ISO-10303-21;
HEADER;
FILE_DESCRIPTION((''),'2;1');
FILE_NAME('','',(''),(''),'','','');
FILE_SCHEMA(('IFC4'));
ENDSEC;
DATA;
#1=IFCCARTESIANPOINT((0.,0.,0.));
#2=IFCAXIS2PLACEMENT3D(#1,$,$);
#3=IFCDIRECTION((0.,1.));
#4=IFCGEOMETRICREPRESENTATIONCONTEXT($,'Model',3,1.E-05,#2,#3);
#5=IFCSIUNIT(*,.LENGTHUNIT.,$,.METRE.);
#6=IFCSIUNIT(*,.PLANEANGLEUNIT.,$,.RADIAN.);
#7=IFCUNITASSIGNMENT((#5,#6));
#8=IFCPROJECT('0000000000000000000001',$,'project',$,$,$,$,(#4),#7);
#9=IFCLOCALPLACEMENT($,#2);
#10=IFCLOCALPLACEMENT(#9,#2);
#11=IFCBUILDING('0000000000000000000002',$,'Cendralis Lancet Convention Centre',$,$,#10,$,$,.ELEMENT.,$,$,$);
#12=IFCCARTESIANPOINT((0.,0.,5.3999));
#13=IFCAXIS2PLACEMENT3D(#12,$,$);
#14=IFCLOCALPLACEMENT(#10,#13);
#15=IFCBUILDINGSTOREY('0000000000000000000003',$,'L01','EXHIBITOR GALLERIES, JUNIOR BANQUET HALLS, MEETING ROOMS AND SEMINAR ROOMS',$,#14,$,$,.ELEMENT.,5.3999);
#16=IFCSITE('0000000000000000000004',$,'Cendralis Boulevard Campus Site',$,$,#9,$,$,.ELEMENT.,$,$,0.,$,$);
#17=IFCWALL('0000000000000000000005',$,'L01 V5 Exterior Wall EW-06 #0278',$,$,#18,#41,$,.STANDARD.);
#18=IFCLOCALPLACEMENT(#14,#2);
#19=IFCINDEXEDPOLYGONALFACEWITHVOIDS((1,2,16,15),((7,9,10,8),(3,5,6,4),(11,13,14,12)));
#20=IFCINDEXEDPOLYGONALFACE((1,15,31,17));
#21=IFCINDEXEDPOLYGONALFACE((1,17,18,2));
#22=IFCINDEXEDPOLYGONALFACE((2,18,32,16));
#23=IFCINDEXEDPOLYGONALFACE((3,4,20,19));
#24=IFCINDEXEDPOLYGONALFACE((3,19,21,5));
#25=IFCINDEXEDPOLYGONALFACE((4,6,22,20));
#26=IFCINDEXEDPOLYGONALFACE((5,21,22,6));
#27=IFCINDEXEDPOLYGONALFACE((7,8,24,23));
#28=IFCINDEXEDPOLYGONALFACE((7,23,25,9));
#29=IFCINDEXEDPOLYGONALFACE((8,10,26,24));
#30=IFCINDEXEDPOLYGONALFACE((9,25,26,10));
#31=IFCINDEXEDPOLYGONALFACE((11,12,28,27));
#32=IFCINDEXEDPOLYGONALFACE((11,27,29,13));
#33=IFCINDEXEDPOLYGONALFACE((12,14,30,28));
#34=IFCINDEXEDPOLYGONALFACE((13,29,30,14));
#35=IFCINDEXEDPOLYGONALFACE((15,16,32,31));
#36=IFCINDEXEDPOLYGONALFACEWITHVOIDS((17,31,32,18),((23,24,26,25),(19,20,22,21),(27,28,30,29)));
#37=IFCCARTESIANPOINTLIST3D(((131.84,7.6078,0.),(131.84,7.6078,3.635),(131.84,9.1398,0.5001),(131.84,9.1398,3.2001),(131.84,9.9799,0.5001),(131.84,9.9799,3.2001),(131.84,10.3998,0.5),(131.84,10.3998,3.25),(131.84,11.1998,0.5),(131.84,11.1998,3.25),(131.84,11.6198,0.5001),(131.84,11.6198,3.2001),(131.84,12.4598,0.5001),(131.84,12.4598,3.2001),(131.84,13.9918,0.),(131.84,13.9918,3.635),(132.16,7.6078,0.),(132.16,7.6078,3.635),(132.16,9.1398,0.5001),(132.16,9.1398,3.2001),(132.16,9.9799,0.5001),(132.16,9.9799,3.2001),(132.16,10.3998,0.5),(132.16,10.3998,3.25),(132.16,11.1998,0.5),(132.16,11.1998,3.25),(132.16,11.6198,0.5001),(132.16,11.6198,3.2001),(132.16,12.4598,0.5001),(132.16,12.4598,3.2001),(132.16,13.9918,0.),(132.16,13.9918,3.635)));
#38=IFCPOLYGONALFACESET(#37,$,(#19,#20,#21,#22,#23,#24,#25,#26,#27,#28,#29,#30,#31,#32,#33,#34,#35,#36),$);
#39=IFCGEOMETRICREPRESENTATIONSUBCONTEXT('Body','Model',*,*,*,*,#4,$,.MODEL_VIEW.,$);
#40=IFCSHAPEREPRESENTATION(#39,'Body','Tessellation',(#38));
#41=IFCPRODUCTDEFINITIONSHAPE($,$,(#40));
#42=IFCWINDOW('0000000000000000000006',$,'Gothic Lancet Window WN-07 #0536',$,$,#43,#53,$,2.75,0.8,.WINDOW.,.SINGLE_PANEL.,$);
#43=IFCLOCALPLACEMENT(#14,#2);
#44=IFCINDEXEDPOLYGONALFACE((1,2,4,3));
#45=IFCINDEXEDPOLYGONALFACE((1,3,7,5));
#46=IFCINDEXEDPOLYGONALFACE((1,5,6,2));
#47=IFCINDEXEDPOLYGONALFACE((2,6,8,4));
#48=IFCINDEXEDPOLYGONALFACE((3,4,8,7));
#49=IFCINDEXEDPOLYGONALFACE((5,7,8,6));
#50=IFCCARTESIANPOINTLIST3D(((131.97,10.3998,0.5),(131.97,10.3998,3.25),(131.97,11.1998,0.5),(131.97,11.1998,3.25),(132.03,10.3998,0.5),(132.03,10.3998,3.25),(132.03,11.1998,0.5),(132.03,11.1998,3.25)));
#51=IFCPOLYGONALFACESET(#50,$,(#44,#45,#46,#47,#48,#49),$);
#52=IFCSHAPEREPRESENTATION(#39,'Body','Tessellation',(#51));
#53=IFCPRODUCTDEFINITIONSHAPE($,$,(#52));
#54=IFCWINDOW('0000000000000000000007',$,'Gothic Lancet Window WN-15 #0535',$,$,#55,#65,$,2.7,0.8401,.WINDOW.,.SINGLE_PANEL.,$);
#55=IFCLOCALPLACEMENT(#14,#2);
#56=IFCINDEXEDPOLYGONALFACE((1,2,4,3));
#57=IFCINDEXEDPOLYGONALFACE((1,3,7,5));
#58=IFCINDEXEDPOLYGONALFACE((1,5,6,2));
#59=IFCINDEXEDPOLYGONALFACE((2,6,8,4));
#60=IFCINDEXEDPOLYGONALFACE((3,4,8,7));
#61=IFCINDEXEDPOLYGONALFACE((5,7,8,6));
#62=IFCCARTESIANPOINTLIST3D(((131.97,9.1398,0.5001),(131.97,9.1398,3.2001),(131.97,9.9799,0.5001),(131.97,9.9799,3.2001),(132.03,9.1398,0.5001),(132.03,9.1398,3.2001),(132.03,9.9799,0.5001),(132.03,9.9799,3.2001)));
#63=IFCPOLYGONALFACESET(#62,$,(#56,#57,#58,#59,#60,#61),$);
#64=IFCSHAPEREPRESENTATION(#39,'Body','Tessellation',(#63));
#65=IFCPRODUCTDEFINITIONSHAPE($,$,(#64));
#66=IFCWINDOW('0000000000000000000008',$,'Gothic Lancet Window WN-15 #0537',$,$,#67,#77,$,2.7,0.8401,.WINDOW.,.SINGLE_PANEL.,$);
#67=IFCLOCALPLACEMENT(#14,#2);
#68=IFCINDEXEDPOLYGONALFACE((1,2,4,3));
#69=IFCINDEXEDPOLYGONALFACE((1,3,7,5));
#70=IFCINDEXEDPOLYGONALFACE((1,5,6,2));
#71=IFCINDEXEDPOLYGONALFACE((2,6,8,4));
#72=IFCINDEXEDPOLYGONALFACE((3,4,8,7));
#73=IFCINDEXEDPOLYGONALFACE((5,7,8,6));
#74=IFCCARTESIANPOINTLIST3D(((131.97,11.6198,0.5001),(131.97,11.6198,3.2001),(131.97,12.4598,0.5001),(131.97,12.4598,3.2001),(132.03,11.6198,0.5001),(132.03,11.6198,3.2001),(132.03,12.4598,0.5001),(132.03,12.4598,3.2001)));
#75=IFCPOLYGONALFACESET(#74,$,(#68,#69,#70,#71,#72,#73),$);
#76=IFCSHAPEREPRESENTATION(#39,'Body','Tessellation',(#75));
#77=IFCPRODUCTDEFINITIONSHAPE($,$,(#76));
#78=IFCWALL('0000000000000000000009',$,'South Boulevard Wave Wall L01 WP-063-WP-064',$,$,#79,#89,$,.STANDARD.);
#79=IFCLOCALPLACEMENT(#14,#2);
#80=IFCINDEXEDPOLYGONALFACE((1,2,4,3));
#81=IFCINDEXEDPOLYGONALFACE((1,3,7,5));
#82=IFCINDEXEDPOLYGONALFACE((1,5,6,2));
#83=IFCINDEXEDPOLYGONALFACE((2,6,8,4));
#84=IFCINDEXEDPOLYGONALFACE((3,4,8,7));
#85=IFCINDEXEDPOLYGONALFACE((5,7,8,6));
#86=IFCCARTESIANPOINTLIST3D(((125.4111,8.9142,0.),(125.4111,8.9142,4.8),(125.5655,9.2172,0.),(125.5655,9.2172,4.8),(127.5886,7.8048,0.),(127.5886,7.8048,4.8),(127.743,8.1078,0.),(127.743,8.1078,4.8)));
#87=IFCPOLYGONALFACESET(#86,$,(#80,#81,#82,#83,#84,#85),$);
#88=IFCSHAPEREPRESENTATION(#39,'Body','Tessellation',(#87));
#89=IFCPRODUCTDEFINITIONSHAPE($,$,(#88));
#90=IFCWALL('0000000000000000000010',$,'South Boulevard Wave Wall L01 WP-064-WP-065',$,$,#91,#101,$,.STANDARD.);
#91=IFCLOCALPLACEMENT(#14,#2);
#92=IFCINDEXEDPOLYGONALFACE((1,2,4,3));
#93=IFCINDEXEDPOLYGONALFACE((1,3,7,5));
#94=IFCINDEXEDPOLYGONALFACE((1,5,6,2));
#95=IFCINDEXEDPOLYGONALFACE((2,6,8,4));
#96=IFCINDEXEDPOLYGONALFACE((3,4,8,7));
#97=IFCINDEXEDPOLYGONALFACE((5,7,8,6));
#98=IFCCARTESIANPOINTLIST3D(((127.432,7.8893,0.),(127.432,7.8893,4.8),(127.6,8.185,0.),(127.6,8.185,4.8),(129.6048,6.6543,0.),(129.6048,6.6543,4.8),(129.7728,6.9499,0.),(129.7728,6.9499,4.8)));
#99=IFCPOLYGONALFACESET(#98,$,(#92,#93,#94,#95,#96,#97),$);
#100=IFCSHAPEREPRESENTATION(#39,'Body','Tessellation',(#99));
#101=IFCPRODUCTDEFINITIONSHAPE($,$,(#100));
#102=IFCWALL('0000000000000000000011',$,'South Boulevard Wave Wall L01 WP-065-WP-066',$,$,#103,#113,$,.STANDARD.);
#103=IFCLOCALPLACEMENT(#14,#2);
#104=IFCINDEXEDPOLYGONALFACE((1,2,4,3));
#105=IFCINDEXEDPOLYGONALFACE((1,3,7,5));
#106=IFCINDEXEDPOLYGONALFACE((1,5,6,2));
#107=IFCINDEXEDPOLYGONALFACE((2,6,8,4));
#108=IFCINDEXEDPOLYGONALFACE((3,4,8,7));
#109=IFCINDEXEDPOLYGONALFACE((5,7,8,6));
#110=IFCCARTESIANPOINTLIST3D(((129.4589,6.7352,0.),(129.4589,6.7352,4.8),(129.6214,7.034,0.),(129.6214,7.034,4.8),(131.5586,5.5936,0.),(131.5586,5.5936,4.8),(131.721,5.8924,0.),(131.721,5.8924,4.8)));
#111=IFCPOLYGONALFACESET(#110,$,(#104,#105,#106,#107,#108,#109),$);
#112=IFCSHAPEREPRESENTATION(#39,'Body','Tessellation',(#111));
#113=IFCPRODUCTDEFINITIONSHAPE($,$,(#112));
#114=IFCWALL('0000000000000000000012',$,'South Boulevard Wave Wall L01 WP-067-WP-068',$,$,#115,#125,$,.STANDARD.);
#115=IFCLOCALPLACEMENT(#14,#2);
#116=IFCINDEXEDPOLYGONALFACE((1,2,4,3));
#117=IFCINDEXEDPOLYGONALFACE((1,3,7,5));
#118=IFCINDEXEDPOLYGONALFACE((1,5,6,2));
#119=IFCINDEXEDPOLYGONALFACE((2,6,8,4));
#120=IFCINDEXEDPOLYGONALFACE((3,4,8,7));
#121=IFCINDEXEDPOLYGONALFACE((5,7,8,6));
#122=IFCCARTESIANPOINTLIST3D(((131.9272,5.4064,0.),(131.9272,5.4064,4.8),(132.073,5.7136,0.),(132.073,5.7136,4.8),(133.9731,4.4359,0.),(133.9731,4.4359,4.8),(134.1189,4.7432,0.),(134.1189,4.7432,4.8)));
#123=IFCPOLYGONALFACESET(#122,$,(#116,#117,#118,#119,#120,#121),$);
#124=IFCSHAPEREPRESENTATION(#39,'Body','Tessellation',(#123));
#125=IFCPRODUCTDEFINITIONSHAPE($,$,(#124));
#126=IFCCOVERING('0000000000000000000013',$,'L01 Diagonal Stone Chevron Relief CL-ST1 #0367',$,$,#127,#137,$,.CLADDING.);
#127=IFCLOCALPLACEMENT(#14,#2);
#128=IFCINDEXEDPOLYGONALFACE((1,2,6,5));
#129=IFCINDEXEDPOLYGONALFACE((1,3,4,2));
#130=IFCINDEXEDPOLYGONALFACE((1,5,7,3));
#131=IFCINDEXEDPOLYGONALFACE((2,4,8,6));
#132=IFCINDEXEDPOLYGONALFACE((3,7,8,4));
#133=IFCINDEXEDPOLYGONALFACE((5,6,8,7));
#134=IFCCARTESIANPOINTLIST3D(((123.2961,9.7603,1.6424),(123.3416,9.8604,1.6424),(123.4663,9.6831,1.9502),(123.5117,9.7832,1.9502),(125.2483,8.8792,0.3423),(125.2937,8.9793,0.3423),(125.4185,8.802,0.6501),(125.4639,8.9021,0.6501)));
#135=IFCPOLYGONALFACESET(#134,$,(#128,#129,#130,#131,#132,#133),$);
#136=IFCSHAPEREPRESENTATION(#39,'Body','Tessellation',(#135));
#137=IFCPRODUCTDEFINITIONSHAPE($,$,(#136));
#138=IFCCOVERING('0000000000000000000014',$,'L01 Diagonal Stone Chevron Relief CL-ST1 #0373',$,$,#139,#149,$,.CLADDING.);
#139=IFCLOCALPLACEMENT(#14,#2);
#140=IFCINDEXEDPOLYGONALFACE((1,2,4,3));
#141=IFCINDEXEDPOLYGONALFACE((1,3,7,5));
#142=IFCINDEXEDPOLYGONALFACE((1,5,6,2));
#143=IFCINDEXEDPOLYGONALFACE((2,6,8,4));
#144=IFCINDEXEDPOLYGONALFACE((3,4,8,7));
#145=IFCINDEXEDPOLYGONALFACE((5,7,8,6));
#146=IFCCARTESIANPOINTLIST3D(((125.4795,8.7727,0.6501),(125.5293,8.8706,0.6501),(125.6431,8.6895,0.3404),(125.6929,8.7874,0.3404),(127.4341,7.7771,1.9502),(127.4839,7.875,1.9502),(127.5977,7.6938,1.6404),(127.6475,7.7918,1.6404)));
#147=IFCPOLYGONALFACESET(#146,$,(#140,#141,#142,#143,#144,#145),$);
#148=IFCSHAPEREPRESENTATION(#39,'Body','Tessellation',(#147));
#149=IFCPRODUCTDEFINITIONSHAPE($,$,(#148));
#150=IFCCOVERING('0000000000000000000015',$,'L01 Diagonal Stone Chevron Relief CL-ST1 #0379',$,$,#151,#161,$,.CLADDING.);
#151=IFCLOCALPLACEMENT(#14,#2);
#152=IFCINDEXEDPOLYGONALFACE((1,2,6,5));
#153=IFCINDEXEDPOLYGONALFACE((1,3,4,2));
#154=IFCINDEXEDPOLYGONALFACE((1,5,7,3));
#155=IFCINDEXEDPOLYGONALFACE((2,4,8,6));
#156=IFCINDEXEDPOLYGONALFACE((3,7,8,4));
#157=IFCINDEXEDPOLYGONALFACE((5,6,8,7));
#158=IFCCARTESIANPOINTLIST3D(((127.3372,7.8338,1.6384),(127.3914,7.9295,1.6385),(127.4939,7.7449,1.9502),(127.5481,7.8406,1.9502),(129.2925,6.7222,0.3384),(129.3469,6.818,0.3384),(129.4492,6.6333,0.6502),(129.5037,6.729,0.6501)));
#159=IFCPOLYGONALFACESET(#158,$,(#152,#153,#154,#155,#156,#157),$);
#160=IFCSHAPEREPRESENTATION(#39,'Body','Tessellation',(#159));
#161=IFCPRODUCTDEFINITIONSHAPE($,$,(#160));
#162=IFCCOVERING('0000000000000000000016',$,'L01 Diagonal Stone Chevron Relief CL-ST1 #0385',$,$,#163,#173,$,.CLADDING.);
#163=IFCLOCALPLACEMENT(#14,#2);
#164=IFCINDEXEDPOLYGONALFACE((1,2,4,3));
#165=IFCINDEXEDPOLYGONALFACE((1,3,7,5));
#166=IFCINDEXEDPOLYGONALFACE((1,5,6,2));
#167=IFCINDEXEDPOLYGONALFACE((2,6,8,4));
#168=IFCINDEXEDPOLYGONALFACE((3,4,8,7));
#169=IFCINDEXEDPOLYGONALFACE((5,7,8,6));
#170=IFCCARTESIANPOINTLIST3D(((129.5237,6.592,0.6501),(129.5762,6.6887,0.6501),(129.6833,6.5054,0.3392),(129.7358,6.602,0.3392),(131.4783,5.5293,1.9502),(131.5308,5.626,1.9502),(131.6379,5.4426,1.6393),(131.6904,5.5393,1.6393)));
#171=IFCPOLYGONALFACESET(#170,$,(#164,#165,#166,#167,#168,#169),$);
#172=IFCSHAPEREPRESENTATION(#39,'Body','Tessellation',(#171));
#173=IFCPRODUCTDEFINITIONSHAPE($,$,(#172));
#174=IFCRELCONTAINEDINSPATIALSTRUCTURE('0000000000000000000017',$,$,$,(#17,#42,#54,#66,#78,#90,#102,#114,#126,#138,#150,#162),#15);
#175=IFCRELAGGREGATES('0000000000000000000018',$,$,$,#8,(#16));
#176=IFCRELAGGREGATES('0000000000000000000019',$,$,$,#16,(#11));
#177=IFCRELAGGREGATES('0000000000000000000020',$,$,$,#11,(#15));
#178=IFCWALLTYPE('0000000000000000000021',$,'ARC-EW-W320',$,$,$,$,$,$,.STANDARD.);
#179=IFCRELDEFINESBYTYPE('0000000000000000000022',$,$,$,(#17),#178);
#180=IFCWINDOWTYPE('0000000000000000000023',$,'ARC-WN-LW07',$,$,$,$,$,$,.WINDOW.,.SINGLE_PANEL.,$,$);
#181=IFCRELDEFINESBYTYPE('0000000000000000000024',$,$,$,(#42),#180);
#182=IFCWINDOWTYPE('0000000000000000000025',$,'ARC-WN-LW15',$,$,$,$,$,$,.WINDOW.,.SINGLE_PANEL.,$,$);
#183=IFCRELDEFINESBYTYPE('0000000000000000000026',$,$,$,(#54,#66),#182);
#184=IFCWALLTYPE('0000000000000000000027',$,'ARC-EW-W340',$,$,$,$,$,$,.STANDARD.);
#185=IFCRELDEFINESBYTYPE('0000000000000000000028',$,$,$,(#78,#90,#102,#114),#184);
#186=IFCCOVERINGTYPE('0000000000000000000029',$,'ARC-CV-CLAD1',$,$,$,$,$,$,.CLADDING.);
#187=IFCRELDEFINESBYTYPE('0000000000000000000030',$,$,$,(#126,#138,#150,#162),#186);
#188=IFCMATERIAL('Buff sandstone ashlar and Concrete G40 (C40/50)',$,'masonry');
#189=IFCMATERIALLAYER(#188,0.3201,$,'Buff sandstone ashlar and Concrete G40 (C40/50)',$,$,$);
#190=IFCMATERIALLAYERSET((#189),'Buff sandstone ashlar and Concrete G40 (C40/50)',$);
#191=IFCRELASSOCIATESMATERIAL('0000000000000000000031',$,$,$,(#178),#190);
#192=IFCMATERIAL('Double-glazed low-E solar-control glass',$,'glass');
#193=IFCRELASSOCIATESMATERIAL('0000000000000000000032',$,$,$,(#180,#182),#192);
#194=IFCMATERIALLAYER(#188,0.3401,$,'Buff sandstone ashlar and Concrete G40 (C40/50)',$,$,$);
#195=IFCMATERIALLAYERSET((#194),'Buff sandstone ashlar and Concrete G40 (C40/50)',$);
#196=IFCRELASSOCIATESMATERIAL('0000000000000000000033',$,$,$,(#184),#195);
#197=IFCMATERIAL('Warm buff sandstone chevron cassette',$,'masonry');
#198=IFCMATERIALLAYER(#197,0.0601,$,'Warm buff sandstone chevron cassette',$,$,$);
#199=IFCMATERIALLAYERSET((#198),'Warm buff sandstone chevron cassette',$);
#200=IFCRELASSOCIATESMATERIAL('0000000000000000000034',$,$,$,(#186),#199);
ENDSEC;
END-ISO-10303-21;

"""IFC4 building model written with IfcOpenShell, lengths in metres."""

from ifc_helpers import new_model, si_unit, direction, frame, frame_2d, origin, place, context, subcontext, project, spatial, polyline, rectangle, outline, extrude, material, layer, layer_set, type_object, element, fill, save


model = new_model("IFC4")

# Units and contexts
model_context = context("Model", 3, precision=1e-05, world=origin(), true_north=direction((0.0, 1.0)))
body_context = subcontext(model_context, "Body", "Model", "MODEL_VIEW")
ifc_project = project(units=[si_unit("LENGTHUNIT", "METRE"), si_unit("PLANEANGLEUNIT", "RADIAN")], contexts=[model_context])

# Site, building, storey
site_placement = place(None, origin())
site = spatial("IfcSite", under=ifc_project, at=site_placement, Name="Cendralis Boulevard Campus Site", CompositionType="ELEMENT", RefElevation=0.0)
building_placement = place(site_placement, origin())
building = spatial("IfcBuilding", under=site, at=building_placement, Name="Cendralis Lancet Convention Centre", CompositionType="ELEMENT")
storey_placement = place(building_placement, frame((0.0, 0.0, 5.3999)))
storey = spatial("IfcBuildingStorey", under=building, at=storey_placement, Name="L01", Description="EXHIBITOR GALLERIES, JUNIOR BANQUET HALLS, MEETING ROOMS AND SEMINAR ROOMS", CompositionType="ELEMENT", Elevation=5.3999)

# Shared definitions
ifc_material_1 = material(Name="Warm buff sandstone chevron cassette", Category="masonry")

# Shared definitions
ifc_material_2 = material(Name="Buff sandstone ashlar and Concrete G40 (C40/50)", Category="masonry")
ifc_layer_1 = layer(ifc_material_2, 0.3201, Name="Buff sandstone ashlar and Concrete G40 (C40/50)")
ifc_layer_set_1 = layer_set([ifc_layer_1], Name="Buff sandstone ashlar and Concrete G40 (C40/50)")
wall_type_1 = type_object("IfcWallType", Name="ARC-EW-W320", PredefinedType="STANDARD", material=ifc_layer_set_1)

# Wall, openings, windows
wall_1_placement = place(storey_placement, frame((132.0, 7.6079, 0.0), z_axis=(0.0, 0.0, 1.0), x_axis=(0.0, 1.0, 0.0)))
wall_1 = element("IfcWall", 1, at=wall_1_placement, inside=storey, type_object=wall_type_1, Name="L01 V5 Exterior Wall EW-06 #0278", PredefinedType="STANDARD", context=body_context, shape_type="SweptSolid", body=[
    extrude(rectangle(XDim=6.384, YDim=0.3201, at=frame_2d((3.1919, 0.0))), origin(), (0.0, 0.0, 1.0), 3.635),
])
opening_1_placement = place(wall_1_placement, frame((1.532, 0.0, 0.5)))
opening_1 = element("IfcOpeningElement", 2, at=opening_1_placement, cuts=wall_1, PredefinedType="OPENING", context=body_context, shape_type="SweptSolid", body=[
    extrude(rectangle(XDim=0.8401, YDim=2.7, at=frame_2d((0.4199, 1.3501))), frame((0.0, 0.1699, 0.0), z_axis=(0.0, -1.0, 0.0), x_axis=(1.0, 0.0, 0.0)), (0.0, 0.0, 1.0), 0.3401),
])
opening_2_placement = place(wall_1_placement, frame((2.792, 0.0, 0.5)))
opening_2 = element("IfcOpeningElement", 3, at=opening_2_placement, cuts=wall_1, PredefinedType="OPENING", context=body_context, shape_type="SweptSolid", body=[
    extrude(rectangle(XDim=0.8, YDim=2.75, at=frame_2d((0.3999, 1.375))), frame((0.0, 0.1699, 0.0), z_axis=(0.0, -1.0, 0.0), x_axis=(1.0, 0.0, 0.0)), (0.0, 0.0, 1.0), 0.3401),
])
opening_3_placement = place(wall_1_placement, frame((4.012, 0.0, 0.5)))
opening_3 = element("IfcOpeningElement", 4, at=opening_3_placement, cuts=wall_1, PredefinedType="OPENING", context=body_context, shape_type="SweptSolid", body=[
    extrude(rectangle(XDim=0.8401, YDim=2.7, at=frame_2d((0.4199, 1.3501))), frame((0.0, 0.1699, 0.0), z_axis=(0.0, -1.0, 0.0), x_axis=(1.0, 0.0, 0.0)), (0.0, 0.0, 1.0), 0.3401),
])
ifc_material_3 = material(Name="Double-glazed low-E solar-control glass", Category="glass")
window_type_1 = type_object("IfcWindowType", Name="ARC-WN-LW07", PartitioningType="SINGLE_PANEL", PredefinedType="WINDOW", material=ifc_material_3)
window_1_placement = place(opening_2_placement, origin())
window_1 = element("IfcWindow", 5, at=window_1_placement, inside=storey, type_object=window_type_1, Name="Gothic Lancet Window WN-07 #0536", OverallHeight=2.75, OverallWidth=0.8, PartitioningType="SINGLE_PANEL", PredefinedType="WINDOW", context=body_context, shape_type="SweptSolid", body=[
    extrude(rectangle(XDim=0.8, YDim=2.75, at=frame_2d((0.3999, 1.375))), frame((0.0, 0.03, 0.0), z_axis=(0.0, -1.0, 0.0), x_axis=(1.0, 0.0, 0.0)), (0.0, 0.0, 1.0), 0.0601),
])
fill(opening_2, window_1)
window_type_2 = type_object("IfcWindowType", Name="ARC-WN-LW15", PartitioningType="SINGLE_PANEL", PredefinedType="WINDOW", material=ifc_material_3)
window_2_placement = place(opening_1_placement, origin())
window_2 = element("IfcWindow", 6, at=window_2_placement, inside=storey, type_object=window_type_2, Name="Gothic Lancet Window WN-15 #0535", OverallHeight=2.7, OverallWidth=0.8401, PartitioningType="SINGLE_PANEL", PredefinedType="WINDOW", context=body_context, shape_type="SweptSolid", body=[
    extrude(rectangle(XDim=0.8401, YDim=2.7, at=frame_2d((0.4199, 1.3501))), frame((0.0, 0.03, 0.0), z_axis=(0.0, -1.0, 0.0), x_axis=(1.0, 0.0, 0.0)), (0.0, 0.0, 1.0), 0.0601),
])
fill(opening_1, window_2)
window_3_placement = place(opening_3_placement, origin())
window_3 = element("IfcWindow", 7, at=window_3_placement, inside=storey, type_object=window_type_2, Name="Gothic Lancet Window WN-15 #0537", OverallHeight=2.7, OverallWidth=0.8401, PartitioningType="SINGLE_PANEL", PredefinedType="WINDOW", context=body_context, shape_type="SweptSolid", body=[
    extrude(rectangle(XDim=0.8401, YDim=2.7, at=frame_2d((0.4199, 1.3501))), frame((0.0, 0.03, 0.0), z_axis=(0.0, -1.0, 0.0), x_axis=(1.0, 0.0, 0.0)), (0.0, 0.0, 1.0), 0.0601),
])
fill(opening_3, window_3)

# Walls
ifc_layer_2 = layer(ifc_material_2, 0.3401, Name="Buff sandstone ashlar and Concrete G40 (C40/50)")
ifc_layer_set_2 = layer_set([ifc_layer_2], Name="Buff sandstone ashlar and Concrete G40 (C40/50)")
wall_type_2 = type_object("IfcWallType", Name="ARC-EW-W340", PredefinedType="STANDARD", material=ifc_layer_set_2)
wall_2_placement = place(storey_placement, frame((125.4883, 9.0657, 0.0), z_axis=(0.0, 0.0, 1.0), x_axis=(0.891025, -0.453954, 0.0)))
element("IfcWall", 8, at=wall_2_placement, inside=storey, type_object=wall_type_2, Name="South Boulevard Wave Wall L01 WP-063-WP-064", PredefinedType="STANDARD", context=body_context, shape_type="SweptSolid", body=[
    extrude(rectangle(XDim=2.4438, YDim=0.3401, at=frame_2d((1.2219, 0.0))), origin(), (0.0, 0.0, 1.0), 4.8),
])
wall_3_placement = place(storey_placement, frame((127.5161, 8.0371, 0.0), z_axis=(0.0, 0.0, 1.0), x_axis=(0.869365, -0.494171, 0.0)))
element("IfcWall", 9, at=wall_3_placement, inside=storey, type_object=wall_type_2, Name="South Boulevard Wave Wall L01 WP-064-WP-065", PredefinedType="STANDARD", context=body_context, shape_type="SweptSolid", body=[
    extrude(rectangle(XDim=2.4993, YDim=0.3401, at=frame_2d((1.2495, 0.0))), origin(), (0.0, 0.0, 1.0), 4.8),
])
wall_4_placement = place(storey_placement, frame((129.5403, 6.8845, 0.0), z_axis=(0.0, 0.0, 1.0), x_axis=(0.878535, -0.477678, 0.0)))
element("IfcWall", 10, at=wall_4_placement, inside=storey, type_object=wall_type_2, Name="South Boulevard Wave Wall L01 WP-065-WP-066", PredefinedType="STANDARD", context=body_context, shape_type="SweptSolid", body=[
    extrude(rectangle(XDim=2.3899, YDim=0.3401, at=frame_2d((1.1948, 0.0))), origin(), (0.0, 0.0, 1.0), 4.8),
])
wall_5_placement = place(storey_placement, frame((132.0, 5.5601, 0.0), z_axis=(0.0, 0.0, 1.0), x_axis=(0.903507, -0.428573, 0.0)))
element("IfcWall", 11, at=wall_5_placement, inside=storey, type_object=wall_type_2, Name="South Boulevard Wave Wall L01 WP-067-WP-068", PredefinedType="STANDARD", context=body_context, shape_type="SweptSolid", body=[
    extrude(rectangle(XDim=2.2644, YDim=0.3401, at=frame_2d((1.1323, 0.0))), origin(), (0.0, 0.0, 1.0), 4.8),
])

# Coverings
ifc_layer_3 = layer(ifc_material_1, 0.0601, Name="Warm buff sandstone chevron cassette")
ifc_layer_set_3 = layer_set([ifc_layer_3], Name="Warm buff sandstone chevron cassette")
covering_type_1 = type_object("IfcCoveringType", Name="ARC-CV-CLAD1", PredefinedType="CLADDING", material=ifc_layer_set_3)
covering_1_placement = place(storey_placement, frame((123.4663, 9.6831, 1.9502), z_axis=(0.472534, -0.214369, 0.854843), x_axis=(0.779156, -0.351673, -0.518885)))
element("IfcCovering", 12, at=covering_1_placement, inside=storey, type_object=covering_type_1, Name="L01 Diagonal Stone Chevron Relief CL-ST1 #0367", PredefinedType="CLADDING", context=body_context, shape_type="SweptSolid", body=[
    extrude(outline(polyline([(0.0, 0.0), (2.5055, 0.0), (2.5056, 0.1099), (0.0002, 0.1099), (0.0, 0.0)])), origin(), (0.0, 0.0, -1.0), 0.3601),
])
covering_2_placement = place(storey_placement, frame((125.4795, 8.7727, 0.6501), z_axis=(-0.454427, 0.23118, 0.860262), x_axis=(0.766548, -0.390455, 0.509851)))
element("IfcCovering", 13, at=covering_2_placement, inside=storey, type_object=covering_type_1, Name="L01 Diagonal Stone Chevron Relief CL-ST1 #0373", PredefinedType="CLADDING", context=body_context, shape_type="SweptSolid", body=[
    extrude(outline(polyline([(0.0, 0.0), (2.5499, 0.0), (2.5498, 0.1098), (0.0, 0.1098), (0.0, 0.0)])), origin(), (0.0, 0.0, -1.0), 0.3601),
])
covering_3_placement = place(storey_placement, frame((127.4939, 7.7449, 1.9502), z_axis=(0.435192, -0.247016, 0.86579), x_axis=(0.752668, -0.427881, -0.500408)))
element("IfcCovering", 14, at=covering_3_placement, inside=storey, type_object=covering_type_1, Name="L01 Diagonal Stone Chevron Relief CL-ST1 #0379", PredefinedType="CLADDING", context=body_context, shape_type="SweptSolid", body=[
    extrude(outline(polyline([(0.0, 0.0), (2.5979, 0.0), (2.5979, 0.1101), (-0.0002, 0.11), (0.0, 0.0)])), origin(), (0.0, 0.0, -1.0), 0.3601),
])
covering_4_placement = place(storey_placement, frame((129.5237, 6.592, 0.6501), z_axis=(-0.443384, 0.240726, 0.863401), x_axis=(0.758529, -0.412426, 0.504518)))
element("IfcCovering", 15, at=covering_4_placement, inside=storey, type_object=covering_type_1, Name="L01 Diagonal Stone Chevron Relief CL-ST1 #0385", PredefinedType="CLADDING", context=body_context, shape_type="SweptSolid", body=[
    extrude(outline(polyline([(0.0, 0.0), (2.5768, 0.0), (2.5768, 0.11), (-0.0001, 0.11), (0.0, 0.0)])), origin(), (0.0, 0.0, -1.0), 0.3601),
])

save(model, "model.ifc")
